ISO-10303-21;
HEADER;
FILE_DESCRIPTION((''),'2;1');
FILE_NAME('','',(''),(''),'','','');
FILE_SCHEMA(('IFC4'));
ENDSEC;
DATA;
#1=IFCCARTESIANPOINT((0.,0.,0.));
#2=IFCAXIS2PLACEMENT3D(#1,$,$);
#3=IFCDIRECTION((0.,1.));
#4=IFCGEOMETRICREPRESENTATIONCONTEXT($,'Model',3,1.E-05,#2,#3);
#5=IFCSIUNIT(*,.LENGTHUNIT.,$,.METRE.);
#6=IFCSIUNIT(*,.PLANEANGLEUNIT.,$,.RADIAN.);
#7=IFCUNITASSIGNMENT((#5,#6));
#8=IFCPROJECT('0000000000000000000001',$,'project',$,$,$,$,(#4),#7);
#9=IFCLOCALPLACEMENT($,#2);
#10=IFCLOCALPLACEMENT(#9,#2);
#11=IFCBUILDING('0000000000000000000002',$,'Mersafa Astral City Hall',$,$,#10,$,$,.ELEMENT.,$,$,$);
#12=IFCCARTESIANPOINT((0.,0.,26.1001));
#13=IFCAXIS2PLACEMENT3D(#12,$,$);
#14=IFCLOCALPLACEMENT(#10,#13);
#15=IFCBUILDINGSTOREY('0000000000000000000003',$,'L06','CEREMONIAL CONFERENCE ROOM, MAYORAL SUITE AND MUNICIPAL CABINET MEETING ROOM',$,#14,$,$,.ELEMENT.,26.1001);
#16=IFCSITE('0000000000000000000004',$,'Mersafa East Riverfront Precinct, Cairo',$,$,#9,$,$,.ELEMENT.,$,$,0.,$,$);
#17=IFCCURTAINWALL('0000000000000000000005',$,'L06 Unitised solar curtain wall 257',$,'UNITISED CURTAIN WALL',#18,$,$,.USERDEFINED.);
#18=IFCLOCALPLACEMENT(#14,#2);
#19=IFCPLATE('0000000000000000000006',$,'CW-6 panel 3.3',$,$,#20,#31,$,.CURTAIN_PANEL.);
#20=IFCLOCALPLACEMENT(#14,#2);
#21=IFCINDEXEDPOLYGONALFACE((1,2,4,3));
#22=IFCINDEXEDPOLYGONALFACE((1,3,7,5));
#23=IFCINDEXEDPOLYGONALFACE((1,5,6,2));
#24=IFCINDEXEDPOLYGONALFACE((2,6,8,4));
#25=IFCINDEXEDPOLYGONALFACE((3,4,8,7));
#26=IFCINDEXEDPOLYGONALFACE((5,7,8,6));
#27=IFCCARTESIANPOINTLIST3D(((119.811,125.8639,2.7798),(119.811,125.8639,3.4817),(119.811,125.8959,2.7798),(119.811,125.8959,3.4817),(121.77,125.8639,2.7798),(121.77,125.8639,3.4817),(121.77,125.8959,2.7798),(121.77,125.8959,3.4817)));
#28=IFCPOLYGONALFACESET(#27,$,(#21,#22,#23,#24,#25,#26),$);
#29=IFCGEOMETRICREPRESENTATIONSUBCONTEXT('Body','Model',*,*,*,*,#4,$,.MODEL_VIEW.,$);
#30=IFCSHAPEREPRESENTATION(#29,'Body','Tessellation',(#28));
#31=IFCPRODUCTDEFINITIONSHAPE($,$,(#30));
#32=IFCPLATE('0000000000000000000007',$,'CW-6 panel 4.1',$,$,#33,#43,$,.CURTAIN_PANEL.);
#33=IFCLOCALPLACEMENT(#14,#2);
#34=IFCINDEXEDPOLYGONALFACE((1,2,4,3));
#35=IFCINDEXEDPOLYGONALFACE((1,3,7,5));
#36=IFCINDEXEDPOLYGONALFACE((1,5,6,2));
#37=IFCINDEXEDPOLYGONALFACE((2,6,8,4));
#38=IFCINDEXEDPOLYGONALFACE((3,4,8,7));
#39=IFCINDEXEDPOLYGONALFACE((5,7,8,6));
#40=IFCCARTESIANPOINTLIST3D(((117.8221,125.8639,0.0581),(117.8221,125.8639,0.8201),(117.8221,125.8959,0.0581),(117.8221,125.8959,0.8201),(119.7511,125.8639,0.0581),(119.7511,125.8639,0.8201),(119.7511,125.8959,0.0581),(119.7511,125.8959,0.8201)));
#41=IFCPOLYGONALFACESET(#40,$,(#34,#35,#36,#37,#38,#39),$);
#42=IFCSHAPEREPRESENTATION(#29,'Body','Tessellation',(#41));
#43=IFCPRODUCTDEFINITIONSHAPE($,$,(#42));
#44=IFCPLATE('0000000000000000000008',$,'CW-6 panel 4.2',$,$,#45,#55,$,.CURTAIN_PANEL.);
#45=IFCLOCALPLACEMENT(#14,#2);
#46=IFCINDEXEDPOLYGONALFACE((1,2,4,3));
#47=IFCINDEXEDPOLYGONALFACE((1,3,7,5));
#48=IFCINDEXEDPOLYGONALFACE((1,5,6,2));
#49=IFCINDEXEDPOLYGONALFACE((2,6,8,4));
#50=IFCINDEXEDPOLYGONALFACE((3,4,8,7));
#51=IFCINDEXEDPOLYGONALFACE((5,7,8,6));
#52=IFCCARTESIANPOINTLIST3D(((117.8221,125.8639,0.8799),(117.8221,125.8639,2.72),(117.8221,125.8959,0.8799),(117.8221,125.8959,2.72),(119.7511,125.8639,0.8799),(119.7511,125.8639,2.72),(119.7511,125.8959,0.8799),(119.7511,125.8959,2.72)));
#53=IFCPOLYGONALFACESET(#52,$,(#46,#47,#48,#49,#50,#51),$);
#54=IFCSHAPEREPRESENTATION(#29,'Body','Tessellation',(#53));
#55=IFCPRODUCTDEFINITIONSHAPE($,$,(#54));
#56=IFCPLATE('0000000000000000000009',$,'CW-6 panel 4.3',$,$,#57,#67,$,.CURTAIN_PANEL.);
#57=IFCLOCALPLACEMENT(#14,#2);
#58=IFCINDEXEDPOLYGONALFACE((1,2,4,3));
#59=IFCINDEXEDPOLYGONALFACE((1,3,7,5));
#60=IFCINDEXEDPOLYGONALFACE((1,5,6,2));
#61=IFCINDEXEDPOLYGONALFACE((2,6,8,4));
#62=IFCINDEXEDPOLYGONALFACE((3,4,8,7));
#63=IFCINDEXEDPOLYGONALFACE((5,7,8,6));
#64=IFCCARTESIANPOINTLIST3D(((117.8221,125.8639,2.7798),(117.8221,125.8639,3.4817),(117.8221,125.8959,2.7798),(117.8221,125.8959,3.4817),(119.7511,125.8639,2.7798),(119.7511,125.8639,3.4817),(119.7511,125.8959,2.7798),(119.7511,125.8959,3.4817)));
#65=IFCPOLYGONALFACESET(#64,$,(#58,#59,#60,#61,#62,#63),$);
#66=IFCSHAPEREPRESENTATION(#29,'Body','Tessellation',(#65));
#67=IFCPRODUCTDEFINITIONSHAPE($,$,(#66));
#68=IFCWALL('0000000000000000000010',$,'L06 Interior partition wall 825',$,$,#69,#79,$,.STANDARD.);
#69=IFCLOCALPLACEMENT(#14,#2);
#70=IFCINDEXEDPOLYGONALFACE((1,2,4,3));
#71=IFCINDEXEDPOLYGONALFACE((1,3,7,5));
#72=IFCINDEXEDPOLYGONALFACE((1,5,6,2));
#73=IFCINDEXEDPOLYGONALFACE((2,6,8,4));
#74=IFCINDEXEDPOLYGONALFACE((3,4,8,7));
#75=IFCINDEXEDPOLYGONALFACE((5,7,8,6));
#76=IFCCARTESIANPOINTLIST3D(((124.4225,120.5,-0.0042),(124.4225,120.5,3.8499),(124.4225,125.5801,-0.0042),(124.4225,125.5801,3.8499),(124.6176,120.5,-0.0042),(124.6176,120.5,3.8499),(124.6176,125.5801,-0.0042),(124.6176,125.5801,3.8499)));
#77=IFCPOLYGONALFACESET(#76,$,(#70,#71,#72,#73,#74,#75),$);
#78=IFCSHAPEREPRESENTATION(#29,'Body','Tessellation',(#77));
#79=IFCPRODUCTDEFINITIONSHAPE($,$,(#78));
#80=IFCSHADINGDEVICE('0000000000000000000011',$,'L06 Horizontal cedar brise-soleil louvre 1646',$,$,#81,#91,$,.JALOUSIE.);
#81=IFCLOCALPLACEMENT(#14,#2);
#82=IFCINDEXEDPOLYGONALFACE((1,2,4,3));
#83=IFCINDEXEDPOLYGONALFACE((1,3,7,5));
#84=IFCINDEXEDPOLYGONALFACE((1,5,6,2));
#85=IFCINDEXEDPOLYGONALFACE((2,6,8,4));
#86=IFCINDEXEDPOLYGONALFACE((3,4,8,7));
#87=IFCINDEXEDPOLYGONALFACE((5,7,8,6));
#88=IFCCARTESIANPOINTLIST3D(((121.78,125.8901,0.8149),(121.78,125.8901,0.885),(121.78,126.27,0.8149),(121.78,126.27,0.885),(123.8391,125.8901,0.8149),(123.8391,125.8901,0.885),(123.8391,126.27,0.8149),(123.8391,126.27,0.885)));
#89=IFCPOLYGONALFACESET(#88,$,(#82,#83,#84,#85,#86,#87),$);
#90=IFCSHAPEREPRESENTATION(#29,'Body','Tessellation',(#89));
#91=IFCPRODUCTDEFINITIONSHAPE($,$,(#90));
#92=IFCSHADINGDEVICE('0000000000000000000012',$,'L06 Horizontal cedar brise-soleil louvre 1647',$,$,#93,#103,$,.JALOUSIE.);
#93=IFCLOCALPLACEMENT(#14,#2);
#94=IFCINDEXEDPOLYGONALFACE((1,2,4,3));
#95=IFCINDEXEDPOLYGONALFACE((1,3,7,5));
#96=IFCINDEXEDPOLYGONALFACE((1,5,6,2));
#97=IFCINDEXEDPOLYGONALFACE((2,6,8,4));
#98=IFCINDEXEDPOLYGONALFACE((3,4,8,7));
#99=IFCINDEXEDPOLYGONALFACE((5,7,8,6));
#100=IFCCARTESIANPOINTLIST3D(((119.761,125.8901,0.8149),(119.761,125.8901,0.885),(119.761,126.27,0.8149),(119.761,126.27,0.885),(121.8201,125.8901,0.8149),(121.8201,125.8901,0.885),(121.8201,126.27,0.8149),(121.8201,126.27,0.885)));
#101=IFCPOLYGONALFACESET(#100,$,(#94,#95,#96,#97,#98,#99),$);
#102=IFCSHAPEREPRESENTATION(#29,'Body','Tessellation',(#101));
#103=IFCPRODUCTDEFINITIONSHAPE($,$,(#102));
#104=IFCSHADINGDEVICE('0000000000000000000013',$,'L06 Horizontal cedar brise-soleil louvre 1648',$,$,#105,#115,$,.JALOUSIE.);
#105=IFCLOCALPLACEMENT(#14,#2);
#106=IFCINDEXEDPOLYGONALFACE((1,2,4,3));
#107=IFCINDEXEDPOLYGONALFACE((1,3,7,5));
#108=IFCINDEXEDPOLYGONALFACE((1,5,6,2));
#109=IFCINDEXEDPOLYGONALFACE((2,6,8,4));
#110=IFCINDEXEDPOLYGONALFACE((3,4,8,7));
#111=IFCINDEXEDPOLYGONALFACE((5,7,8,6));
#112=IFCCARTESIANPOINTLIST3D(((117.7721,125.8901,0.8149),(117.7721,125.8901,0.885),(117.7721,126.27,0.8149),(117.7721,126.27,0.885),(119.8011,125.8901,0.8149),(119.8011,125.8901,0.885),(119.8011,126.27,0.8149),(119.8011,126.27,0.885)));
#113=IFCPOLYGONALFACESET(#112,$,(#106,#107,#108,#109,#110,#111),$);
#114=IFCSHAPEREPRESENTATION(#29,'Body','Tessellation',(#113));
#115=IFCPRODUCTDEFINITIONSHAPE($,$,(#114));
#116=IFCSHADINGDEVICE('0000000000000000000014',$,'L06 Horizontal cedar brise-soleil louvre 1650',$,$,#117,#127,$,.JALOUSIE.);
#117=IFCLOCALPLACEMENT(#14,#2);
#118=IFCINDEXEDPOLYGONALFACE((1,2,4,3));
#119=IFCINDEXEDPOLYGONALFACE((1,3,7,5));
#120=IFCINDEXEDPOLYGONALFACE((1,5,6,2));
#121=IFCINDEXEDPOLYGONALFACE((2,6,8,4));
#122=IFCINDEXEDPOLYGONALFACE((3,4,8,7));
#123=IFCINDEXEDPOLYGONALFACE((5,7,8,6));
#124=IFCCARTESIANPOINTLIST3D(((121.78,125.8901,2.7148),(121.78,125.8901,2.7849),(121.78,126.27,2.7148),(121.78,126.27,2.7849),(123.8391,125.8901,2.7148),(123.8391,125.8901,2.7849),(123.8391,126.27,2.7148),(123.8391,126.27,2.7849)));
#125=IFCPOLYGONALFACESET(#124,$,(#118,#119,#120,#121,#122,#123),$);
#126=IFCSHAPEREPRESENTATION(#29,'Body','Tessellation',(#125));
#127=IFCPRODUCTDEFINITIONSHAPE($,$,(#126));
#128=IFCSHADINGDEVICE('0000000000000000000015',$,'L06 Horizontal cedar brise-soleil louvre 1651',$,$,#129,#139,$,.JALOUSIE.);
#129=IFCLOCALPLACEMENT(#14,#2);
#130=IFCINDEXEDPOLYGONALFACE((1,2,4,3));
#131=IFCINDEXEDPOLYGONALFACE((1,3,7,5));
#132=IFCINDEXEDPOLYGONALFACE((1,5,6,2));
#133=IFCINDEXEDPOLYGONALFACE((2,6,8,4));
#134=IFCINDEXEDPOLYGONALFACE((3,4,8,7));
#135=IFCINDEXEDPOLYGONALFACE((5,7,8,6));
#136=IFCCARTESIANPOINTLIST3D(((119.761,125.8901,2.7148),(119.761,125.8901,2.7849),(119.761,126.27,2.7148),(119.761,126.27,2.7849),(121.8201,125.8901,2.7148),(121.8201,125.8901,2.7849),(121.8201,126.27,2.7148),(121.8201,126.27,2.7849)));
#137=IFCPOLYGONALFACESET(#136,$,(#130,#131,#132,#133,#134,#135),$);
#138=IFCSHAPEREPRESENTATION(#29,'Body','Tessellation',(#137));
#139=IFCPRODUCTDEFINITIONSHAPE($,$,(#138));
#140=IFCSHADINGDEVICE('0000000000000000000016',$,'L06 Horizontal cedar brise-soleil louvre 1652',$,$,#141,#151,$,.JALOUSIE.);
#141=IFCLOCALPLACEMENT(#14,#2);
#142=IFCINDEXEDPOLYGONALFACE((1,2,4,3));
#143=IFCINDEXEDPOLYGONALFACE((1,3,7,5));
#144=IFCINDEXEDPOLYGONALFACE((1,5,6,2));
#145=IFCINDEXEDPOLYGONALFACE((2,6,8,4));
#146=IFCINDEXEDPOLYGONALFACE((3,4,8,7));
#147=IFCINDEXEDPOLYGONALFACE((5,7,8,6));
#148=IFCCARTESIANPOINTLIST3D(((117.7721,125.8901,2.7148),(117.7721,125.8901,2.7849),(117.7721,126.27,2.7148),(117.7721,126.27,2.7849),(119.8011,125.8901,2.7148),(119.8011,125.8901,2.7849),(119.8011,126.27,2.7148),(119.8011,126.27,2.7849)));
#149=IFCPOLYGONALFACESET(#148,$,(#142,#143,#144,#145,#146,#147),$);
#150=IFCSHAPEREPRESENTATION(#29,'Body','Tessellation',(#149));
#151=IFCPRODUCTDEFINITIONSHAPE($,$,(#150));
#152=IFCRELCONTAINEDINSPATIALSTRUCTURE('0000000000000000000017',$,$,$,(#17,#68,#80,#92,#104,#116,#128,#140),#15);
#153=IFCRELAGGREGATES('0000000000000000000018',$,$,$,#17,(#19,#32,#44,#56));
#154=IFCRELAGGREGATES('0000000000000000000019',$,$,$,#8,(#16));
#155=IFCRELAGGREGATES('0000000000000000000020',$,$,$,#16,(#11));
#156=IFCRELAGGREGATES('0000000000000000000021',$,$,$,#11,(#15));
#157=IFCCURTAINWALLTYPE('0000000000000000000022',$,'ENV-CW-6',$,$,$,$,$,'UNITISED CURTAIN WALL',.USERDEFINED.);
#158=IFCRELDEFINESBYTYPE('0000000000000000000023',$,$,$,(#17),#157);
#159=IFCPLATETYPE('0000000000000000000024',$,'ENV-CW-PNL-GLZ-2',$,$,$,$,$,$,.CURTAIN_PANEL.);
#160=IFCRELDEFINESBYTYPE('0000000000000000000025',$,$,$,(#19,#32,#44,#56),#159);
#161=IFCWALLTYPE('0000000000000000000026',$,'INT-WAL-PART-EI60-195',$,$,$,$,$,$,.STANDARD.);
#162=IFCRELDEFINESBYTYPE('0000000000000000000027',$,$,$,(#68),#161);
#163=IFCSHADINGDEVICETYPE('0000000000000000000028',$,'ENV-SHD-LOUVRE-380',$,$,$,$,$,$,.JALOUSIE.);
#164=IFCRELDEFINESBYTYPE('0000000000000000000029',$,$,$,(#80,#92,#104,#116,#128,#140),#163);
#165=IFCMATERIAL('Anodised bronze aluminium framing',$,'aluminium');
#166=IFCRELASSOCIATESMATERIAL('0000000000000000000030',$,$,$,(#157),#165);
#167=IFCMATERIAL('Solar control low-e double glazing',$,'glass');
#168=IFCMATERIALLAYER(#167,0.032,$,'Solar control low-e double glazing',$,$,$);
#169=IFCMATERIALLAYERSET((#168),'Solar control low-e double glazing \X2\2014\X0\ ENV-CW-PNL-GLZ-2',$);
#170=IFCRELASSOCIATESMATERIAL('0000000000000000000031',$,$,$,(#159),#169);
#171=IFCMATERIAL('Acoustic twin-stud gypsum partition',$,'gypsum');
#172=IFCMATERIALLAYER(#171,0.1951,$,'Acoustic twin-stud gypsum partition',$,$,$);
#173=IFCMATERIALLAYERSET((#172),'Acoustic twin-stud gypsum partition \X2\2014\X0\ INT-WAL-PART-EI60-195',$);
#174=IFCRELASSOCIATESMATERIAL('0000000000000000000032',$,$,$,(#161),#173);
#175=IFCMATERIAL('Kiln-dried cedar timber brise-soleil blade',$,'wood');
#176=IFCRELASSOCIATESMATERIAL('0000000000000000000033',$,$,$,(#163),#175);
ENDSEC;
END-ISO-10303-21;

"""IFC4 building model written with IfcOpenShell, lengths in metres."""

from ifc_helpers import new_model, si_unit, direction, frame, frame_2d, origin, origin_2d, place, context, subcontext, project, spatial, rectangle, extrude, material, layer, layer_set, type_object, element, aggregate, save


model = new_model("IFC4")

# Units and contexts
model_context = context("Model", 3, precision=1e-05, world=origin(), true_north=direction((0.0, 1.0)))
body_context = subcontext(model_context, "Body", "Model", "MODEL_VIEW")
ifc_project = project(units=[si_unit("LENGTHUNIT", "METRE"), si_unit("PLANEANGLEUNIT", "RADIAN")], contexts=[model_context])

# Site, building, storey
site_placement = place(None, origin())
site = spatial("IfcSite", under=ifc_project, at=site_placement, Name="Mersafa East Riverfront Precinct, Cairo", CompositionType="ELEMENT", RefElevation=0.0)
building_placement = place(site_placement, origin())
building = spatial("IfcBuilding", under=site, at=building_placement, Name="Mersafa Astral City Hall", CompositionType="ELEMENT")
storey_placement = place(building_placement, frame((0.0, 0.0, 26.1001)))
storey = spatial("IfcBuildingStorey", under=building, at=storey_placement, Name="L06", Description="CEREMONIAL CONFERENCE ROOM, MAYORAL SUITE AND MUNICIPAL CABINET MEETING ROOM", CompositionType="ELEMENT", Elevation=26.1001)

# Curtain wall
ifc_material_1 = material(Name="Anodised bronze aluminium framing", Category="aluminium")
curtain_wall_type_1 = type_object("IfcCurtainWallType", Name="ENV-CW-6", ElementType="UNITISED CURTAIN WALL", PredefinedType="USERDEFINED", material=ifc_material_1)
curtain_wall_1_placement = place(storey_placement, origin())
curtain_wall_1 = element("IfcCurtainWall", 1, at=curtain_wall_1_placement, inside=storey, type_object=curtain_wall_type_1, Name="L06 Unitised solar curtain wall 257", ObjectType="UNITISED CURTAIN WALL", PredefinedType="USERDEFINED")

# Plates
ifc_material_2 = material(Name="Solar control low-e double glazing", Category="glass")
ifc_layer_1 = layer(ifc_material_2, 0.032, Name="Solar control low-e double glazing")
ifc_layer_set_1 = layer_set([ifc_layer_1], Name="Solar control low-e double glazing — ENV-CW-PNL-GLZ-2")
plate_type = type_object("IfcPlateType", Name="ENV-CW-PNL-GLZ-2", PredefinedType="CURTAIN_PANEL", material=ifc_layer_set_1)
plate_1_placement = place(storey_placement, frame((120.7905, 125.8799, 2.7798), z_axis=(0.0, 0.0, 1.0), x_axis=(-1.0, 0.0, 0.0)))
plate_1 = element("IfcPlate", 2, at=plate_1_placement, type_object=plate_type, Name="CW-6 panel 3.3", PredefinedType="CURTAIN_PANEL", context=body_context, shape_type="SweptSolid", body=[
    extrude(rectangle(XDim=1.959, YDim=0.032, at=origin_2d()), origin(), (0.0, 0.0, 1.0), 0.7019),
])
plate_2_placement = place(storey_placement, frame((118.7866, 125.8799, 0.0581), z_axis=(0.0, 0.0, 1.0), x_axis=(-1.0, 0.0, 0.0)))
plate_2 = element("IfcPlate", 3, at=plate_2_placement, type_object=plate_type, Name="CW-6 panel 4.1", PredefinedType="CURTAIN_PANEL", context=body_context, shape_type="SweptSolid", body=[
    extrude(rectangle(XDim=1.929, YDim=0.032, at=origin_2d()), origin(), (0.0, 0.0, 1.0), 0.762),
])
plate_3_placement = place(storey_placement, frame((118.7866, 125.8799, 0.8799), z_axis=(0.0, 0.0, 1.0), x_axis=(-1.0, 0.0, 0.0)))
plate_3 = element("IfcPlate", 4, at=plate_3_placement, type_object=plate_type, Name="CW-6 panel 4.2", PredefinedType="CURTAIN_PANEL", context=body_context, shape_type="SweptSolid", body=[
    extrude(rectangle(XDim=1.929, YDim=0.032, at=origin_2d()), origin(), (0.0, 0.0, 1.0), 1.8401),
])
plate_4_placement = place(storey_placement, frame((118.7866, 125.8799, 2.7798), z_axis=(0.0, 0.0, 1.0), x_axis=(-1.0, 0.0, 0.0)))
plate_4 = element("IfcPlate", 5, at=plate_4_placement, type_object=plate_type, Name="CW-6 panel 4.3", PredefinedType="CURTAIN_PANEL", context=body_context, shape_type="SweptSolid", body=[
    extrude(rectangle(XDim=1.929, YDim=0.032, at=origin_2d()), origin(), (0.0, 0.0, 1.0), 0.7019),
])
aggregate(curtain_wall_1, [plate_1, plate_2, plate_3, plate_4])

# Wall
ifc_material_3 = material(Name="Acoustic twin-stud gypsum partition", Category="gypsum")
ifc_layer_2 = layer(ifc_material_3, 0.1951, Name="Acoustic twin-stud gypsum partition")
ifc_layer_set_2 = layer_set([ifc_layer_2], Name="Acoustic twin-stud gypsum partition — INT-WAL-PART-EI60-195")
wall_type = type_object("IfcWallType", Name="INT-WAL-PART-EI60-195", PredefinedType="STANDARD", material=ifc_layer_set_2)
wall_placement = place(storey_placement, frame((124.52, 125.5801, -0.0042), z_axis=(0.0, 0.0, 1.0), x_axis=(0.0, -1.0, 0.0)))
element("IfcWall", 6, at=wall_placement, inside=storey, type_object=wall_type, Name="L06 Interior partition wall 825", PredefinedType="STANDARD", context=body_context, shape_type="SweptSolid", body=[
    extrude(rectangle(XDim=5.0801, YDim=0.1951, at=frame_2d((2.54, 0.0))), origin(), (0.0, 0.0, 1.0), 3.854),
])

# Shading devices
ifc_material_4 = material(Name="Kiln-dried cedar timber brise-soleil blade", Category="wood")
shading_device_type = type_object("IfcShadingDeviceType", Name="ENV-SHD-LOUVRE-380", PredefinedType="JALOUSIE", material=ifc_material_4)
for number, where, z_axis, x_axis, name in (
    (7, (122.8096, 126.0801, 0.8149), (0.0, 0.0, 1.0), (-1.0, 0.0, 0.0), "L06 Horizontal cedar brise-soleil louvre 1646"),
    (8, (120.7905, 126.0801, 0.8149), (0.0, 0.0, 1.0), (-1.0, 0.0, 0.0), "L06 Horizontal cedar brise-soleil louvre 1647"),
):
    element("IfcShadingDevice", number, at=place(storey_placement, frame(where, z_axis=z_axis, x_axis=x_axis)), inside=storey, type_object=shading_device_type, Name=name, PredefinedType="JALOUSIE", context=body_context, shape_type="SweptSolid", body=[
        extrude(rectangle(XDim=2.0591, YDim=0.3799, at=origin_2d()), origin(), (0.0, 0.0, 1.0), 0.0701),
    ])
shading_device_1_placement = place(storey_placement, frame((118.7866, 126.0801, 0.8149), z_axis=(0.0, 0.0, 1.0), x_axis=(-1.0, 0.0, 0.0)))
element("IfcShadingDevice", 9, at=shading_device_1_placement, inside=storey, type_object=shading_device_type, Name="L06 Horizontal cedar brise-soleil louvre 1648", PredefinedType="JALOUSIE", context=body_context, shape_type="SweptSolid", body=[
    extrude(rectangle(XDim=2.0291, YDim=0.3799, at=origin_2d()), origin(), (0.0, 0.0, 1.0), 0.0701),
])
for number, where, z_axis, x_axis, name in (
    (10, (122.8096, 126.0801, 2.7148), (0.0, 0.0, 1.0), (-1.0, 0.0, 0.0), "L06 Horizontal cedar brise-soleil louvre 1650"),
    (11, (120.7905, 126.0801, 2.7148), (0.0, 0.0, 1.0), (-1.0, 0.0, 0.0), "L06 Horizontal cedar brise-soleil louvre 1651"),
):
    element("IfcShadingDevice", number, at=place(storey_placement, frame(where, z_axis=z_axis, x_axis=x_axis)), inside=storey, type_object=shading_device_type, Name=name, PredefinedType="JALOUSIE", context=body_context, shape_type="SweptSolid", body=[
        extrude(rectangle(XDim=2.0591, YDim=0.3799, at=origin_2d()), origin(), (0.0, 0.0, 1.0), 0.0701),
    ])
shading_device_2_placement = place(storey_placement, frame((118.7866, 126.0801, 2.7148), z_axis=(0.0, 0.0, 1.0), x_axis=(-1.0, 0.0, 0.0)))
element("IfcShadingDevice", 12, at=shading_device_2_placement, inside=storey, type_object=shading_device_type, Name="L06 Horizontal cedar brise-soleil louvre 1652", PredefinedType="JALOUSIE", context=body_context, shape_type="SweptSolid", body=[
    extrude(rectangle(XDim=2.0291, YDim=0.3799, at=origin_2d()), origin(), (0.0, 0.0, 1.0), 0.0701),
])

save(model, "model.ifc")
